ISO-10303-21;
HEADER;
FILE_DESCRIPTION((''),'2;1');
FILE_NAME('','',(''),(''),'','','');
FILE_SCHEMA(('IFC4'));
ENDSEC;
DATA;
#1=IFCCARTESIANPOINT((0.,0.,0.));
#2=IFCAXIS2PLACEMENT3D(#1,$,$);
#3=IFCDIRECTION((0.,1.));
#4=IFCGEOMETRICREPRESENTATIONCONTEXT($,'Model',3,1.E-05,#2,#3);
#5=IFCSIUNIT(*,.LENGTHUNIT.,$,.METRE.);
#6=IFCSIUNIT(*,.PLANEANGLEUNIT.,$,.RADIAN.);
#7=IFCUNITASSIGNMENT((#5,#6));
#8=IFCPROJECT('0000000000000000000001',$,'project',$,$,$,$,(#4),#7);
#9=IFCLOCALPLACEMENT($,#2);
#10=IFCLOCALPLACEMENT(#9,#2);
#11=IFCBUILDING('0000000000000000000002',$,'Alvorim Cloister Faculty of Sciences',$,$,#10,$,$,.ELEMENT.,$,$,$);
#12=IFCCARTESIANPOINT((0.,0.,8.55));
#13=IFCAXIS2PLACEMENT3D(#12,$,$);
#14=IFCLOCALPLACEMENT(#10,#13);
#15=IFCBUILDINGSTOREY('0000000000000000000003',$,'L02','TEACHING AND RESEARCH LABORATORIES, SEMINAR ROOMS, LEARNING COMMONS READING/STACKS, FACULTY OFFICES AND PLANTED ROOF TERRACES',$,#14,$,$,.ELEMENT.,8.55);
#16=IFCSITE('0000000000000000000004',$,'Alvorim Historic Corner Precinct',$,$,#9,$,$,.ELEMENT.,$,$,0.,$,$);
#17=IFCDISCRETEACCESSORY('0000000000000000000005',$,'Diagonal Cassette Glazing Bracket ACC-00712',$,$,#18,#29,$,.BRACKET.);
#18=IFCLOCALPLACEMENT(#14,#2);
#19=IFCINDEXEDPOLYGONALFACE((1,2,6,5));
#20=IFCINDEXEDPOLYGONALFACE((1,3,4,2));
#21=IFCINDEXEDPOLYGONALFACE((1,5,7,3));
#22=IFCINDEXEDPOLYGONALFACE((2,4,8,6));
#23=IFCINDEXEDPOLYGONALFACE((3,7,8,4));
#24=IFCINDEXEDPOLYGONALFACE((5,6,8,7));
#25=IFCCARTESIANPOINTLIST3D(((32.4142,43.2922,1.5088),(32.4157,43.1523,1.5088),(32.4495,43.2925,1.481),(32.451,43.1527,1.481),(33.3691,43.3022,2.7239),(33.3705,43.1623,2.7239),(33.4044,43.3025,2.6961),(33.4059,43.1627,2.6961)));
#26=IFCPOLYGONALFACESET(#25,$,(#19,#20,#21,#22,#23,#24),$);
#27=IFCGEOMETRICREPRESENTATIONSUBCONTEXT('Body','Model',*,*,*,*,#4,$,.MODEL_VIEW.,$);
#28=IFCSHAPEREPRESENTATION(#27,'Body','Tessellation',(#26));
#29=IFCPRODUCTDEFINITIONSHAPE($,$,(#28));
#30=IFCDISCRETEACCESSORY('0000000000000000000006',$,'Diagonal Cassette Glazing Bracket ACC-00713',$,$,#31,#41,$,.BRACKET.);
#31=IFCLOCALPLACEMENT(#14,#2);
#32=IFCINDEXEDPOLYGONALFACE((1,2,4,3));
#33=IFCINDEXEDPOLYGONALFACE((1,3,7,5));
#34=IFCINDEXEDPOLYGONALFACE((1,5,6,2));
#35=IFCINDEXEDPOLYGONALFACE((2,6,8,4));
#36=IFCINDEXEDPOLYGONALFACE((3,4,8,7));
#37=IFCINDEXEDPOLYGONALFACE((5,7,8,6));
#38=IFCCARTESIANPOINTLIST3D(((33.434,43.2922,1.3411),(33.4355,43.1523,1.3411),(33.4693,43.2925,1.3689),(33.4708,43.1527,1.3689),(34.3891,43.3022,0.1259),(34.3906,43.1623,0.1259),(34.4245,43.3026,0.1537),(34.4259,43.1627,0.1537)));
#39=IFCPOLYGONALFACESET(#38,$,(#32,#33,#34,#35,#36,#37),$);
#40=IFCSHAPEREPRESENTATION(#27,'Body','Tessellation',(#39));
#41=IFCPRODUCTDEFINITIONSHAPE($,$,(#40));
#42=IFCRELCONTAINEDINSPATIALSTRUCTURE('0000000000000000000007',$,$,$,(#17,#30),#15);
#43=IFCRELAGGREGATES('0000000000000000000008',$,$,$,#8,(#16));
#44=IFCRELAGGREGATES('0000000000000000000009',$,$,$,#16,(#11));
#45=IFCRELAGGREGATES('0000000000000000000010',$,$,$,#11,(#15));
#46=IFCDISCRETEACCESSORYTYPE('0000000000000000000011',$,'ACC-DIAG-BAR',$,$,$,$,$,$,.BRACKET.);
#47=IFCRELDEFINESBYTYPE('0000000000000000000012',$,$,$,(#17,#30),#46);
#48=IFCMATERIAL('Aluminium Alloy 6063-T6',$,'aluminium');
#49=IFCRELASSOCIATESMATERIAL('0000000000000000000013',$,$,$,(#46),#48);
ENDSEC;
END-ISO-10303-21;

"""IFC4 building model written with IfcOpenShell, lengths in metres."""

from ifc_helpers import new_model, si_unit, direction, frame, origin, origin_2d, place, context, subcontext, project, spatial, rectangle, extrude, material, type_object, element, save


model = new_model("IFC4")

# Units and contexts
model_context = context("Model", 3, precision=1e-05, world=origin(), true_north=direction((0.0, 1.0)))
body_context = subcontext(model_context, "Body", "Model", "MODEL_VIEW")
ifc_project = project(units=[si_unit("LENGTHUNIT", "METRE"), si_unit("PLANEANGLEUNIT", "RADIAN")], contexts=[model_context])

# Site, building, storey
site_placement = place(None, origin())
site = spatial("IfcSite", under=ifc_project, at=site_placement, Name="Alvorim Historic Corner Precinct", CompositionType="ELEMENT", RefElevation=0.0)
building_placement = place(site_placement, origin())
building = spatial("IfcBuilding", under=site, at=building_placement, Name="Alvorim Cloister Faculty of Sciences", CompositionType="ELEMENT")
storey_placement = place(building_placement, frame((0.0, 0.0, 8.55)))
storey = spatial("IfcBuildingStorey", under=building, at=storey_placement, Name="L02", Description="TEACHING AND RESEARCH LABORATORIES, SEMINAR ROOMS, LEARNING COMMONS READING/STACKS, FACULTY OFFICES AND PLANTED ROOF TERRACES", CompositionType="ELEMENT", Elevation=8.55)

# Shared definitions
ifc_material_1 = material(Name="Aluminium Alloy 6063-T6", Category="aluminium")

# Discrete accessories
discrete_accessory_type = type_object("IfcDiscreteAccessoryType", Name="ACC-DIAG-BAR", PredefinedType="BRACKET", material=ifc_material_1)
for number, where, z_axis, x_axis, name in (
    (1, (32.4326, 43.2224, 1.4949), (0.617857, 0.006477, 0.786263), (-0.010483, 0.999945, 0.0), "Diagonal Cassette Glazing Bracket ACC-00712"),
):
    element("IfcDiscreteAccessory", number, at=place(storey_placement, frame(where, z_axis=z_axis, x_axis=x_axis)), inside=storey, type_object=discrete_accessory_type, Name=name, PredefinedType="BRACKET", context=body_context, shape_type="SweptSolid", body=[
        extrude(rectangle(XDim=0.1399, YDim=0.0449, at=origin_2d()), origin(), (0.0, 0.0, 1.0), 1.5454),
    ])
discrete_accessory_placement = place(storey_placement, frame((33.4524, 43.2224, 1.355), z_axis=(0.617955, 0.006477, -0.786187), x_axis=(-0.01048, 0.999945, 0.0)))
element("IfcDiscreteAccessory", 2, at=discrete_accessory_placement, inside=storey, type_object=discrete_accessory_type, Name="Diagonal Cassette Glazing Bracket ACC-00713", PredefinedType="BRACKET", context=body_context, shape_type="SweptSolid", body=[
    extrude(rectangle(XDim=0.1399, YDim=0.0449, at=origin_2d()), origin(), (0.0, 0.0, 1.0), 1.5457),
])

save(model, "model.ifc")
